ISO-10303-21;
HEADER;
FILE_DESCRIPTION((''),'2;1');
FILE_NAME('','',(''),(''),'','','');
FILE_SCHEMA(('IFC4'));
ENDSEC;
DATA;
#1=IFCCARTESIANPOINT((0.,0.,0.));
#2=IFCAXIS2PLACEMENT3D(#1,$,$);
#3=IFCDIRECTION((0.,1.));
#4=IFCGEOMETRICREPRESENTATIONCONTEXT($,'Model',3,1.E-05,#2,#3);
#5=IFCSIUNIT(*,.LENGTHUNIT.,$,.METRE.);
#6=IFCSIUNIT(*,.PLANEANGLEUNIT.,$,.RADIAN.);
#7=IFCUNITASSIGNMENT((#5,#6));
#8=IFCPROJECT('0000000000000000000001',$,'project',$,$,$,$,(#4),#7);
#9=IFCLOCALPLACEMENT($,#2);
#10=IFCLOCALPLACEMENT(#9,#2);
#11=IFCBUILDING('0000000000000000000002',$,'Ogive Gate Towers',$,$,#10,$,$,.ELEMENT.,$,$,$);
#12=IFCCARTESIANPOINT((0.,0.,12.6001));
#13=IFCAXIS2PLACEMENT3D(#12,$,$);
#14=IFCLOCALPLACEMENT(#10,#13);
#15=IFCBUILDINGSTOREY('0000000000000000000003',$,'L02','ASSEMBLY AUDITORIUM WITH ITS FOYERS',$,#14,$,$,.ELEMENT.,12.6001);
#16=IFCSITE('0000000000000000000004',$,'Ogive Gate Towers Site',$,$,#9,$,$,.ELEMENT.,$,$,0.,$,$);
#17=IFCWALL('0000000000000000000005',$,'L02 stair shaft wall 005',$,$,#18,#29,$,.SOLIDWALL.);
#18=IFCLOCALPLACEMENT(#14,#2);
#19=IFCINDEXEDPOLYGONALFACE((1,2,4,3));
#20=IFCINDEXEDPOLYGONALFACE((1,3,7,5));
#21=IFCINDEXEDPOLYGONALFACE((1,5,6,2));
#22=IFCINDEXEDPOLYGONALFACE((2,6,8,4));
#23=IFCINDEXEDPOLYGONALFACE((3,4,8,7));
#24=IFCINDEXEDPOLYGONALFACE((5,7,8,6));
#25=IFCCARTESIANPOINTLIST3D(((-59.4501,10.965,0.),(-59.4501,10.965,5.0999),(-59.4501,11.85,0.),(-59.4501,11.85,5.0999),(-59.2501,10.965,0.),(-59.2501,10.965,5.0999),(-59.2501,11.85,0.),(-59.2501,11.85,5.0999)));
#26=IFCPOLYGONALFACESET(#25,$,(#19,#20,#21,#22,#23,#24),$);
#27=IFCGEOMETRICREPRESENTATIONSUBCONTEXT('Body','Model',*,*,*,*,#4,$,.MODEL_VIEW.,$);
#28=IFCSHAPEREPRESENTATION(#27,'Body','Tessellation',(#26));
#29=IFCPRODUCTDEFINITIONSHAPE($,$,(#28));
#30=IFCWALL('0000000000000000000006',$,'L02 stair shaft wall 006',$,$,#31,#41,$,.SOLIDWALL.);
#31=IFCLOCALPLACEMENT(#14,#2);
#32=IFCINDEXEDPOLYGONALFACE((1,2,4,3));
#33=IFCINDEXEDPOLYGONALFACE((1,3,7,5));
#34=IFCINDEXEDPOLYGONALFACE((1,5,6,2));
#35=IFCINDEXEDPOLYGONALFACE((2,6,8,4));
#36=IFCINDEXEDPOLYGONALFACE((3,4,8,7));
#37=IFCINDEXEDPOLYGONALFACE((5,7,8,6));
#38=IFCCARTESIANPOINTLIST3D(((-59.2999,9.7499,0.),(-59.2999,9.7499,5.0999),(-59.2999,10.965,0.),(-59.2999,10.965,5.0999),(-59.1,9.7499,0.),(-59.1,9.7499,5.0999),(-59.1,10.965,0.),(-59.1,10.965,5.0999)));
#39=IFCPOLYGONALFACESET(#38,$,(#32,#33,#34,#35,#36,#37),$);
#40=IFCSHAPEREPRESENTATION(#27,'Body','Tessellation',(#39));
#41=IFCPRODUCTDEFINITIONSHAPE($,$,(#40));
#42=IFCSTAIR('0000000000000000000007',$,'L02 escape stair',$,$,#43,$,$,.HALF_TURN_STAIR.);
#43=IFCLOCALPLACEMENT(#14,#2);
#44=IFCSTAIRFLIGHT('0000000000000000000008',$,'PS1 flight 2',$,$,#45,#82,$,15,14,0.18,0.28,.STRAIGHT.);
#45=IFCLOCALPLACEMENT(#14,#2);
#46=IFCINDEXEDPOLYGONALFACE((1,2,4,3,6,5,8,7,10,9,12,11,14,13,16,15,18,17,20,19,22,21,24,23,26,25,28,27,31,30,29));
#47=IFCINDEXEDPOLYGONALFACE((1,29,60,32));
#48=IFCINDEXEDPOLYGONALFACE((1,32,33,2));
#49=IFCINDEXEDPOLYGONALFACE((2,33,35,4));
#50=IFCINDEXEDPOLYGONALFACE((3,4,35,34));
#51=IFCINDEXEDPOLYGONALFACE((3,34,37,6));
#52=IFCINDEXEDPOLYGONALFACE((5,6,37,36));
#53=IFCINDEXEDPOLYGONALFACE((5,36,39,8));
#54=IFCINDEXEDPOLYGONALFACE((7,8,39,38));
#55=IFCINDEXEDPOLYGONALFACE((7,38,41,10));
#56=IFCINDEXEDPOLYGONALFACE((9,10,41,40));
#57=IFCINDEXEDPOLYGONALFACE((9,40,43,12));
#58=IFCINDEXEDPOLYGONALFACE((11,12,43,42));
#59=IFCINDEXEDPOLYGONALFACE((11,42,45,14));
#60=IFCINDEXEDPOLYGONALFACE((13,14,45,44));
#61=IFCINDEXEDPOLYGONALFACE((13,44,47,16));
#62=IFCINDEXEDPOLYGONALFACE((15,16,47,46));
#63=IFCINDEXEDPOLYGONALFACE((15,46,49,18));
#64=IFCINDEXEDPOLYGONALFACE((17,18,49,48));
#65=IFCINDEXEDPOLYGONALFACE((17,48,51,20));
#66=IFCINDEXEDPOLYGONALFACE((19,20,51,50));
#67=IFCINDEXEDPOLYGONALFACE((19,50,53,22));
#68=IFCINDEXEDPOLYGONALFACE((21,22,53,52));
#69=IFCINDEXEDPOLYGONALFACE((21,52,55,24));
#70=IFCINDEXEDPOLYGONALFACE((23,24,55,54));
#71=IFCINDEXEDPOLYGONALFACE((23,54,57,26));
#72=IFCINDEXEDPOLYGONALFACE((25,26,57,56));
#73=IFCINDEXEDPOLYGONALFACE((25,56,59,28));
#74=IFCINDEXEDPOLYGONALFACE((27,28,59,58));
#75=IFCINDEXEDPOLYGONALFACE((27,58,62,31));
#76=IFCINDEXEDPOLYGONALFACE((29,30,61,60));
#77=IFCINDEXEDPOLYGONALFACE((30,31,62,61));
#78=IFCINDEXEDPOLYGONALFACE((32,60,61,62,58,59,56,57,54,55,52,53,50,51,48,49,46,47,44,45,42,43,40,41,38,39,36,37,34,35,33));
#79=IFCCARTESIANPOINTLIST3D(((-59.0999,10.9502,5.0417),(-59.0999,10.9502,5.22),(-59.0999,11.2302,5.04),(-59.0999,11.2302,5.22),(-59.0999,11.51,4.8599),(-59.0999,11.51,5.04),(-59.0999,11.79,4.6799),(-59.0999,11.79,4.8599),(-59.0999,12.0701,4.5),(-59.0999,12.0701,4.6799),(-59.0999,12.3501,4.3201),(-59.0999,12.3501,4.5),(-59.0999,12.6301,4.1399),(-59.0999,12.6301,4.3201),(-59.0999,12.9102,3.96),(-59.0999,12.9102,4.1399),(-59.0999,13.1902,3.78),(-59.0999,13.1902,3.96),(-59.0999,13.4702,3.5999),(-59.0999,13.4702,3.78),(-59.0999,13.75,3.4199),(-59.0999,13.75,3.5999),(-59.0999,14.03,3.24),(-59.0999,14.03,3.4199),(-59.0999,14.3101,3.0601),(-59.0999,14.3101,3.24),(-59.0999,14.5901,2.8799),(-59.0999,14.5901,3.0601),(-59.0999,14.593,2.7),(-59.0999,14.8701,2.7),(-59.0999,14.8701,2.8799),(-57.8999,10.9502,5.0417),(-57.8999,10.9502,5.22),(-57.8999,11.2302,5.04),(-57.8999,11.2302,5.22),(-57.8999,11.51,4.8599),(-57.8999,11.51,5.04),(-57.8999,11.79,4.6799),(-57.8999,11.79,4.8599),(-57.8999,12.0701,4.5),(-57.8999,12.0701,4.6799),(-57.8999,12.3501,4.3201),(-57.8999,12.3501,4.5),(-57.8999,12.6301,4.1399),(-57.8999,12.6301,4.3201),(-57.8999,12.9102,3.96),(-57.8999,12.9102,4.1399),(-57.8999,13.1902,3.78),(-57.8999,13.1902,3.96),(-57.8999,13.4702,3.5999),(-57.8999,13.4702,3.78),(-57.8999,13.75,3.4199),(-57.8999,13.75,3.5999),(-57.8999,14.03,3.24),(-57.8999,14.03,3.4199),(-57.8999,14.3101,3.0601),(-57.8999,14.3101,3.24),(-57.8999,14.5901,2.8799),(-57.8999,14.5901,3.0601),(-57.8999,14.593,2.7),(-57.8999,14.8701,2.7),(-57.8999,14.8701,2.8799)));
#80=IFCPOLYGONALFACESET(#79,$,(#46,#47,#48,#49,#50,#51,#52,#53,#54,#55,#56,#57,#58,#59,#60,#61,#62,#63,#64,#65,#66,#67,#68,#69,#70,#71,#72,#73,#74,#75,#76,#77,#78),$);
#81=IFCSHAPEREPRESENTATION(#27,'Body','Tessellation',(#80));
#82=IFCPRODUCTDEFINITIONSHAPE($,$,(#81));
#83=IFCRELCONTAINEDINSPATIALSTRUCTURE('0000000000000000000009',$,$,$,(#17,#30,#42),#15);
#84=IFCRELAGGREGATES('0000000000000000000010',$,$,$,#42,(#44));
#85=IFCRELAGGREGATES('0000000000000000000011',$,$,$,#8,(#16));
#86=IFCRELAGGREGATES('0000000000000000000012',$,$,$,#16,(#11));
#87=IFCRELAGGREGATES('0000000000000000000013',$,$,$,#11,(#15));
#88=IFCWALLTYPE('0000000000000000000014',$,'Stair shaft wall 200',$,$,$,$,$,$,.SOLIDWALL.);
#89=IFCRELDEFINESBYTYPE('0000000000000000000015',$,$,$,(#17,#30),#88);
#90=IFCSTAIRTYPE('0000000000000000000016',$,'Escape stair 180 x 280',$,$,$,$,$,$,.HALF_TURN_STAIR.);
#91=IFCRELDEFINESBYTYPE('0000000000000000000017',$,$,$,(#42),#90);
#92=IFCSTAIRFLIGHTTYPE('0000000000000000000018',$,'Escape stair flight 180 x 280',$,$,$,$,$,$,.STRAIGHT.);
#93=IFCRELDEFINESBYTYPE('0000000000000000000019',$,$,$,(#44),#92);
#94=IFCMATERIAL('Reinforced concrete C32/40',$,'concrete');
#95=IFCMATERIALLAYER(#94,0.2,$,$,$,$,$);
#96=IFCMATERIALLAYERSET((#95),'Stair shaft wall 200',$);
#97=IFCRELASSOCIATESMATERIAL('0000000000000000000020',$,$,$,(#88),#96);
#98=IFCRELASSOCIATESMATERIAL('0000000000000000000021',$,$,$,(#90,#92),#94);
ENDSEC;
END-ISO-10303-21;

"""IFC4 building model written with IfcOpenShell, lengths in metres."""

from ifc_helpers import new_model, si_unit, direction, frame, frame_2d, origin, place, context, subcontext, project, spatial, polyline, rectangle, outline, extrude, material, layer, layer_set, type_object, element, aggregate, save


model = new_model("IFC4")

# Units and contexts
model_context = context("Model", 3, precision=1e-05, world=origin(), true_north=direction((0.0, 1.0)))
body_context = subcontext(model_context, "Body", "Model", "MODEL_VIEW")
ifc_project = project(units=[si_unit("LENGTHUNIT", "METRE"), si_unit("PLANEANGLEUNIT", "RADIAN")], contexts=[model_context])

# Site, building, storey
site_placement = place(None, origin())
site = spatial("IfcSite", under=ifc_project, at=site_placement, Name="Ogive Gate Towers Site", CompositionType="ELEMENT", RefElevation=0.0)
building_placement = place(site_placement, origin())
building = spatial("IfcBuilding", under=site, at=building_placement, Name="Ogive Gate Towers", CompositionType="ELEMENT")
storey_placement = place(building_placement, frame((0.0, 0.0, 12.6001)))
storey = spatial("IfcBuildingStorey", under=building, at=storey_placement, Name="L02", Description="ASSEMBLY AUDITORIUM WITH ITS FOYERS", CompositionType="ELEMENT", Elevation=12.6001)

# Shared definitions
ifc_material_1 = material(Name="Reinforced concrete C32/40", Category="concrete")
ifc_layer_1 = layer(ifc_material_1, 0.2)
ifc_layer_set_1 = layer_set([ifc_layer_1], Name="Stair shaft wall 200")
wall_type_1 = type_object("IfcWallType", Name="Stair shaft wall 200", PredefinedType="SOLIDWALL", material=ifc_layer_set_1)

# Walls
wall_1_placement = place(storey_placement, frame((-59.3501, 10.9651, 0.0), z_axis=(0.0, 0.0, 1.0), x_axis=(0.0, 1.0, 0.0)))
element("IfcWall", 1, at=wall_1_placement, inside=storey, type_object=wall_type_1, Name="L02 stair shaft wall 005", PredefinedType="SOLIDWALL", context=body_context, shape_type="SweptSolid", body=[
    extrude(rectangle(XDim=0.885, YDim=0.2, at=frame_2d((0.4424, 0.0))), origin(), (0.0, 0.0, 1.0), 5.0999),
])
wall_2_placement = place(storey_placement, frame((-59.2, 9.75, 0.0), z_axis=(0.0, 0.0, 1.0), x_axis=(0.0, 1.0, 0.0)))
element("IfcWall", 2, at=wall_2_placement, inside=storey, type_object=wall_type_1, Name="L02 stair shaft wall 006", PredefinedType="SOLIDWALL", context=body_context, shape_type="SweptSolid", body=[
    extrude(rectangle(XDim=1.2151, YDim=0.2, at=frame_2d((0.6074, 0.0))), origin(), (0.0, 0.0, 1.0), 5.0999),
])

# Stair, stair flight
stair_type = type_object("IfcStairType", Name="Escape stair 180 x 280", PredefinedType="HALF_TURN_STAIR", material=ifc_material_1)
stair_placement = place(storey_placement, origin())
stair = element("IfcStair", 3, at=stair_placement, inside=storey, type_object=stair_type, Name="L02 escape stair", PredefinedType="HALF_TURN_STAIR")
stair_flight_type = type_object("IfcStairFlightType", Name="Escape stair flight 180 x 280", PredefinedType="STRAIGHT", material=ifc_material_1)
stair_flight_placement = place(storey_placement, frame((-58.5, 14.8701, 2.7), z_axis=(0.0, 0.0, 1.0), x_axis=(0.0, -1.0, 0.0)))
stair_flight = element("IfcStairFlight", 4, at=stair_flight_placement, type_object=stair_flight_type, Name="PS1 flight 2", NumberOfRisers=15, NumberOfTreads=14, PredefinedType="STRAIGHT", RiserHeight=0.18, TreadLength=0.28, context=body_context, shape_type="SweptSolid", body=[
    extrude(outline(polyline([(0.0, 0.0), (0.0, 0.1799), (0.28, 0.1799), (0.28, 0.3601), (0.5601, 0.3601), (0.5601, 0.54), (0.8401, 0.54), (0.8401, 0.72), (1.1201, 0.72), (1.1201, 0.8999), (1.3999, 0.8999), (1.3999, 1.0801), (1.6799, 1.0801), (1.6799, 1.26), (1.96, 1.26), (1.96, 1.4399), (2.24, 1.4399), (2.24, 1.6201), (2.52, 1.6201), (2.52, 1.8), (2.8, 1.8), (2.8, 1.98), (3.0801, 1.98), (3.0801, 2.1599), (3.3601, 2.1599), (3.3601, 2.3401), (3.6399, 2.3401), (3.6399, 2.52), (3.9199, 2.52), (3.9199, 2.7), (3.9199, 2.3418), (0.2771, 0.0), (0.0, 0.0)])), frame((0.0, 0.6001, 0.0), z_axis=(0.0, -1.0, 0.0), x_axis=(1.0, 0.0, 0.0)), (0.0, 0.0, 1.0), 1.2),
])
aggregate(stair, [stair_flight])

save(model, "model.ifc")
